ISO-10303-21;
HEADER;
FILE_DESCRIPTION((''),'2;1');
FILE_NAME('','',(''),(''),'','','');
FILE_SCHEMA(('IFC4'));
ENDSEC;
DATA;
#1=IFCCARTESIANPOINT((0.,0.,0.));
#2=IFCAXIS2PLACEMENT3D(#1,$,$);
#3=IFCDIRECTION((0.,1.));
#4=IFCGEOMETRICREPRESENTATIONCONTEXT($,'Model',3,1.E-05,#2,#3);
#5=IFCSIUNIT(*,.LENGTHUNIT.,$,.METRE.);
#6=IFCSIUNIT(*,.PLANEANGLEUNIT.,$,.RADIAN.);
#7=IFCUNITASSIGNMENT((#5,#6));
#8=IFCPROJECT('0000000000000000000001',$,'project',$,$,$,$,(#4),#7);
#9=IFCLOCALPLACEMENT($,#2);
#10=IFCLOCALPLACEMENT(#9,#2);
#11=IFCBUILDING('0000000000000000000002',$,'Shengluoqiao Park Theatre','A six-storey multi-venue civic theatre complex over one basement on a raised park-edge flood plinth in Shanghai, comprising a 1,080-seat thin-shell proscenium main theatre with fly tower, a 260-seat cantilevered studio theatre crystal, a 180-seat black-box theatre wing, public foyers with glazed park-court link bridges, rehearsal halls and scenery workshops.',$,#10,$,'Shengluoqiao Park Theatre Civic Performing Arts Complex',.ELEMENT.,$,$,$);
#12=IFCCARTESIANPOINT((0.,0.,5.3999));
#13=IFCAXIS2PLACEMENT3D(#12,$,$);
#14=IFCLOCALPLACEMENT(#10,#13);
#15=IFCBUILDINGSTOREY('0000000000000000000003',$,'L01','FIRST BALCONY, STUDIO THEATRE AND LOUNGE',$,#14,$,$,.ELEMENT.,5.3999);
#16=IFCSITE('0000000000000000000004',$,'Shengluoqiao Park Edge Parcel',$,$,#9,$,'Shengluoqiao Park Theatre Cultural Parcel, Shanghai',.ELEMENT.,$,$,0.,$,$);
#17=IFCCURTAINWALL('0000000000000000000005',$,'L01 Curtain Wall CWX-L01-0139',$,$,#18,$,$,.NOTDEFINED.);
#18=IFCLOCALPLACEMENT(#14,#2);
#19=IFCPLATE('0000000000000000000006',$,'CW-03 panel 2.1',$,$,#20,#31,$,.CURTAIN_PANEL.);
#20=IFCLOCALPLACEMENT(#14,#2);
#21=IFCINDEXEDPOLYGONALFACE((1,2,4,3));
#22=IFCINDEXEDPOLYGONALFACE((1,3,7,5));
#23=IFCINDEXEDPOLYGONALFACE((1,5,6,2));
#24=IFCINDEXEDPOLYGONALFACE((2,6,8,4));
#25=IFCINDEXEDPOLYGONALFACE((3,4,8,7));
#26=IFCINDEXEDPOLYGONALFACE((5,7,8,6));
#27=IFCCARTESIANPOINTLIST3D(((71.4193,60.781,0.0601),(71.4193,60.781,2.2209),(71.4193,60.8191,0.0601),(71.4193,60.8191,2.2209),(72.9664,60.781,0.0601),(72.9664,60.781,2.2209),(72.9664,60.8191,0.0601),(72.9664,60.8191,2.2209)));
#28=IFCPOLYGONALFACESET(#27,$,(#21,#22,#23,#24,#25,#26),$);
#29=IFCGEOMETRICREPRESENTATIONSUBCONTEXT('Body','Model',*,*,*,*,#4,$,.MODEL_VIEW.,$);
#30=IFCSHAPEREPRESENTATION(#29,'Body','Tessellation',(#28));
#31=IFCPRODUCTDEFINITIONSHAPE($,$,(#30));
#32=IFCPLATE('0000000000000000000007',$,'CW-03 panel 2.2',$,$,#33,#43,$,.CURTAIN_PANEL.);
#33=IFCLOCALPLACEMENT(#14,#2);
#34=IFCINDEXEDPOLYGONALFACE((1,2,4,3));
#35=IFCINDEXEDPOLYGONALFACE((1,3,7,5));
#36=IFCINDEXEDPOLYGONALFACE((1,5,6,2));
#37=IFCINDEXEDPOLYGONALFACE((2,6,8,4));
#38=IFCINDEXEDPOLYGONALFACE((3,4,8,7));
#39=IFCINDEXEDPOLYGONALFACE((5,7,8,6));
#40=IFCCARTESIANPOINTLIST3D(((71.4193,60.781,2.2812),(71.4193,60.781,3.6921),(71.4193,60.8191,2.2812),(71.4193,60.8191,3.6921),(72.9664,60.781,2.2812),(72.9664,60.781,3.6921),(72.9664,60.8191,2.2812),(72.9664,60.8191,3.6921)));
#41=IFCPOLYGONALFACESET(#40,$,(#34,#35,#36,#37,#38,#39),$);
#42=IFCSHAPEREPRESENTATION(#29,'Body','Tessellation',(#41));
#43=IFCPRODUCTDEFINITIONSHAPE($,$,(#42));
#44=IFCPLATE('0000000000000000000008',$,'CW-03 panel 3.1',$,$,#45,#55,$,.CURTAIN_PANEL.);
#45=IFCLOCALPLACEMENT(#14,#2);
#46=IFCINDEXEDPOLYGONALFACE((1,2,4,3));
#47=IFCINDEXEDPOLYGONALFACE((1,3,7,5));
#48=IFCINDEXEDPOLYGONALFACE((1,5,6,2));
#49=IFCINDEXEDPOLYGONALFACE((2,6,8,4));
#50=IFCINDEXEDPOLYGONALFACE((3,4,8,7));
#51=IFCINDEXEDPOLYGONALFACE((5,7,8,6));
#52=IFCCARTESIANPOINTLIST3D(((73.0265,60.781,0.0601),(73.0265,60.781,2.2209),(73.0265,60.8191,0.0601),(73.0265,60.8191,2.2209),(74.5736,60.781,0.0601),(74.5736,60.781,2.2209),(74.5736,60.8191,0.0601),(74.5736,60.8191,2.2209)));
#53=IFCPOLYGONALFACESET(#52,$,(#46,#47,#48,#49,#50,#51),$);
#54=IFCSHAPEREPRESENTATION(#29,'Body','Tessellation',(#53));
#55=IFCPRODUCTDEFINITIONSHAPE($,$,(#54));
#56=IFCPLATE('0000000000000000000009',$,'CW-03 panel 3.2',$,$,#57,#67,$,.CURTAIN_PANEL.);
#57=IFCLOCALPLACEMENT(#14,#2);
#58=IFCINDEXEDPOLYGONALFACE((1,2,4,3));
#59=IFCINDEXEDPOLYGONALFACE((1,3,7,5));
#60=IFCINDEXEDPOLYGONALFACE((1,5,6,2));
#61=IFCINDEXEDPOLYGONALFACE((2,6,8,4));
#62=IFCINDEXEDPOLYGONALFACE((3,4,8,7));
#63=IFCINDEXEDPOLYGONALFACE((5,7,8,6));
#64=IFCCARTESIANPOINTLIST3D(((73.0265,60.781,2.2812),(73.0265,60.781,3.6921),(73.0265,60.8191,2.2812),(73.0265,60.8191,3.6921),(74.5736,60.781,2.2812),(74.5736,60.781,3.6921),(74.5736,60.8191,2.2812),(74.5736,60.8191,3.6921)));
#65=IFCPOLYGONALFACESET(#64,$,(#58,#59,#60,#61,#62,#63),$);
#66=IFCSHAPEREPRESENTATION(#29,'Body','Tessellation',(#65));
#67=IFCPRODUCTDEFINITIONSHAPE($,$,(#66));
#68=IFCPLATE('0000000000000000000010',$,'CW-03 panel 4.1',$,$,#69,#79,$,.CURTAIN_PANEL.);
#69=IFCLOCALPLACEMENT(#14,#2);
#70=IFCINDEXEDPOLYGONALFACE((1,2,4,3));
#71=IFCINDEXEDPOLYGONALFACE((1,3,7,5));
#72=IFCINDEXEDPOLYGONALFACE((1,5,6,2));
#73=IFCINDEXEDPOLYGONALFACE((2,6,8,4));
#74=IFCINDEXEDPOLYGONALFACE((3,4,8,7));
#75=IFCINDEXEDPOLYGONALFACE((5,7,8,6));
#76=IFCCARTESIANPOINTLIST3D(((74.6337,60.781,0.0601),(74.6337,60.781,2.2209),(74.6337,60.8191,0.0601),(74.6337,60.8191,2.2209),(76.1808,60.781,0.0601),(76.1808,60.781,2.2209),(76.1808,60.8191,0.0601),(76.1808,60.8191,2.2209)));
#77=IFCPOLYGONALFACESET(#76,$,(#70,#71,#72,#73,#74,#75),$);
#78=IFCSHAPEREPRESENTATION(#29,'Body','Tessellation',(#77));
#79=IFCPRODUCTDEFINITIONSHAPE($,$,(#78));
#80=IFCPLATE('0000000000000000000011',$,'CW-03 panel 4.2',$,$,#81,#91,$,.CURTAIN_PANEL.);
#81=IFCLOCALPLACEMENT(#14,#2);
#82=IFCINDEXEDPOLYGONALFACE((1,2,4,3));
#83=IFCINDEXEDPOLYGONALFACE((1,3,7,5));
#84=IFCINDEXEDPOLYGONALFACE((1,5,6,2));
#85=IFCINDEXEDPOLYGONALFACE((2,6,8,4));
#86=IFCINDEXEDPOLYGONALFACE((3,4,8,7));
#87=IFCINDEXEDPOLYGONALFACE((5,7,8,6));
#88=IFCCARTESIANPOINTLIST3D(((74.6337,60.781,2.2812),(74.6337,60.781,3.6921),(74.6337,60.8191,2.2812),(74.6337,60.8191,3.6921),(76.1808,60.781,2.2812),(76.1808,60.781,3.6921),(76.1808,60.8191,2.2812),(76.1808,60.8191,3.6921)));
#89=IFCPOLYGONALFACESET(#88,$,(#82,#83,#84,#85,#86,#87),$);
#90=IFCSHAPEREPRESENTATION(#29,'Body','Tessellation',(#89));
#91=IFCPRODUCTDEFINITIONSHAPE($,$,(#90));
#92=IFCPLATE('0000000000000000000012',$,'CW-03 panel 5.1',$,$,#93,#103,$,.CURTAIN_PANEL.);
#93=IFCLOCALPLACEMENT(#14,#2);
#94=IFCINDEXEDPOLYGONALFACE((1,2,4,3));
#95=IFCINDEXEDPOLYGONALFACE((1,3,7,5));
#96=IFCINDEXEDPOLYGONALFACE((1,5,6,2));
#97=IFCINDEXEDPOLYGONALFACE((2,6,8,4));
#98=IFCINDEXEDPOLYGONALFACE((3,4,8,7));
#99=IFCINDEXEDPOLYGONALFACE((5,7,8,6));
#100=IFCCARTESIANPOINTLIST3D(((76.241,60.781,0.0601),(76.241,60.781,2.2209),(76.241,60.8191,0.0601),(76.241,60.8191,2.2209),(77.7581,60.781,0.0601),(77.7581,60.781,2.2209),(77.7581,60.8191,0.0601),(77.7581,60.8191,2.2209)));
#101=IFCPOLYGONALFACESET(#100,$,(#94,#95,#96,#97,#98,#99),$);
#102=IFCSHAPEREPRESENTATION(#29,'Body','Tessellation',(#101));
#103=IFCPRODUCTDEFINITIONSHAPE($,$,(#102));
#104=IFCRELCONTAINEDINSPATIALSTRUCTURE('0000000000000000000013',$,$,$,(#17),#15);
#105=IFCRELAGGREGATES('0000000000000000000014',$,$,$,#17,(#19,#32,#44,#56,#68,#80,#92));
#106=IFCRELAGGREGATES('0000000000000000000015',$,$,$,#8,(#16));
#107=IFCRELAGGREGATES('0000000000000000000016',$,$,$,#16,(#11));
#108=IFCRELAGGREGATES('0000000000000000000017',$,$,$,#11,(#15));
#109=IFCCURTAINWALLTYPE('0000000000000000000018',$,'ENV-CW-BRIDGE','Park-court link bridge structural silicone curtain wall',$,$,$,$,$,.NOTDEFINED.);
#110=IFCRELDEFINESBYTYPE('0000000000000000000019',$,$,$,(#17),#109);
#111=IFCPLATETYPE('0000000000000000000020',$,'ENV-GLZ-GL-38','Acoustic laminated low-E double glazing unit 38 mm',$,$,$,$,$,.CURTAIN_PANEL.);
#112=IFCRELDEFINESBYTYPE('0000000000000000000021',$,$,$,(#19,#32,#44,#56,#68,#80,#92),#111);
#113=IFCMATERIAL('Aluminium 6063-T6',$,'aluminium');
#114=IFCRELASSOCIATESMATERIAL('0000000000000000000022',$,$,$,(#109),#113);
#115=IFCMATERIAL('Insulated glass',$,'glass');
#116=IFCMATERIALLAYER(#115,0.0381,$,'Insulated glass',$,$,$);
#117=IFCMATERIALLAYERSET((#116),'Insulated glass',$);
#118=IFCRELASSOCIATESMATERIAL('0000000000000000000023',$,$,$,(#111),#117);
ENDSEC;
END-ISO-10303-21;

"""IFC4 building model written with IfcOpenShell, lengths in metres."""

from ifc_helpers import new_model, si_unit, direction, frame, origin, origin_2d, place, context, subcontext, project, spatial, rectangle, extrude, material, layer, layer_set, type_object, element, aggregate, save


model = new_model("IFC4")

# Units and contexts
model_context = context("Model", 3, precision=1e-05, world=origin(), true_north=direction((0.0, 1.0)))
body_context = subcontext(model_context, "Body", "Model", "MODEL_VIEW")
ifc_project = project(units=[si_unit("LENGTHUNIT", "METRE"), si_unit("PLANEANGLEUNIT", "RADIAN")], contexts=[model_context])

# Site, building, storey
site_placement = place(None, origin())
site = spatial("IfcSite", under=ifc_project, at=site_placement, Name="Shengluoqiao Park Edge Parcel", LongName="Shengluoqiao Park Theatre Cultural Parcel, Shanghai", CompositionType="ELEMENT", RefElevation=0.0)
building_placement = place(site_placement, origin())
building = spatial("IfcBuilding", under=site, at=building_placement, Name="Shengluoqiao Park Theatre", Description="A six-storey multi-venue civic theatre complex over one basement on a raised park-edge flood plinth in Shanghai, comprising a 1,080-seat thin-shell proscenium main theatre with fly tower, a 260-seat cantilevered studio theatre crystal, a 180-seat black-box theatre wing, public foyers with glazed park-court link bridges, rehearsal halls and scenery workshops.", LongName="Shengluoqiao Park Theatre Civic Performing Arts Complex", CompositionType="ELEMENT")
storey_placement = place(building_placement, frame((0.0, 0.0, 5.3999)))
storey = spatial("IfcBuildingStorey", under=building, at=storey_placement, Name="L01", Description="FIRST BALCONY, STUDIO THEATRE AND LOUNGE", CompositionType="ELEMENT", Elevation=5.3999)

# Curtain wall
ifc_material_1 = material(Name="Aluminium 6063-T6", Category="aluminium")
curtain_wall_type_1 = type_object("IfcCurtainWallType", Name="ENV-CW-BRIDGE", Description="Park-court link bridge structural silicone curtain wall", PredefinedType="NOTDEFINED", material=ifc_material_1)
curtain_wall_1_placement = place(storey_placement, origin())
curtain_wall_1 = element("IfcCurtainWall", 1, at=curtain_wall_1_placement, inside=storey, type_object=curtain_wall_type_1, Name="L01 Curtain Wall CWX-L01-0139", PredefinedType="NOTDEFINED")

# Plates
ifc_material_2 = material(Name="Insulated glass", Category="glass")
ifc_layer = layer(ifc_material_2, 0.0381, Name="Insulated glass")
ifc_layer_set = layer_set([ifc_layer], Name="Insulated glass")
plate_type = type_object("IfcPlateType", Name="ENV-GLZ-GL-38", Description="Acoustic laminated low-E double glazing unit 38 mm", PredefinedType="CURTAIN_PANEL", material=ifc_layer_set)
plate_1_placement = place(storey_placement, frame((72.1929, 60.8, 0.0601), z_axis=(0.0, 0.0, 1.0), x_axis=(1.0, 0.0, 0.0)))
plate_1 = element("IfcPlate", 2, at=plate_1_placement, type_object=plate_type, Name="CW-03 panel 2.1", PredefinedType="CURTAIN_PANEL", context=body_context, shape_type="SweptSolid", body=[
    extrude(rectangle(XDim=1.5471, YDim=0.0381, at=origin_2d()), origin(), (0.0, 0.0, 1.0), 2.1609),
])
plate_2_placement = place(storey_placement, frame((72.1929, 60.8, 2.2812), z_axis=(0.0, 0.0, 1.0), x_axis=(1.0, 0.0, 0.0)))
plate_2 = element("IfcPlate", 3, at=plate_2_placement, type_object=plate_type, Name="CW-03 panel 2.2", PredefinedType="CURTAIN_PANEL", context=body_context, shape_type="SweptSolid", body=[
    extrude(rectangle(XDim=1.5471, YDim=0.0381, at=origin_2d()), origin(), (0.0, 0.0, 1.0), 1.4109),
])
plate_3_placement = place(storey_placement, frame((73.8, 60.8, 0.0601), z_axis=(0.0, 0.0, 1.0), x_axis=(1.0, 0.0, 0.0)))
plate_3 = element("IfcPlate", 4, at=plate_3_placement, type_object=plate_type, Name="CW-03 panel 3.1", PredefinedType="CURTAIN_PANEL", context=body_context, shape_type="SweptSolid", body=[
    extrude(rectangle(XDim=1.5471, YDim=0.0381, at=origin_2d()), origin(), (0.0, 0.0, 1.0), 2.1609),
])
plate_4_placement = place(storey_placement, frame((73.8, 60.8, 2.2812), z_axis=(0.0, 0.0, 1.0), x_axis=(1.0, 0.0, 0.0)))
plate_4 = element("IfcPlate", 5, at=plate_4_placement, type_object=plate_type, Name="CW-03 panel 3.2", PredefinedType="CURTAIN_PANEL", context=body_context, shape_type="SweptSolid", body=[
    extrude(rectangle(XDim=1.5471, YDim=0.0381, at=origin_2d()), origin(), (0.0, 0.0, 1.0), 1.4109),
])
plate_5_placement = place(storey_placement, frame((75.4072, 60.8, 0.0601), z_axis=(0.0, 0.0, 1.0), x_axis=(1.0, 0.0, 0.0)))
plate_5 = element("IfcPlate", 6, at=plate_5_placement, type_object=plate_type, Name="CW-03 panel 4.1", PredefinedType="CURTAIN_PANEL", context=body_context, shape_type="SweptSolid", body=[
    extrude(rectangle(XDim=1.5471, YDim=0.0381, at=origin_2d()), origin(), (0.0, 0.0, 1.0), 2.1609),
])
plate_6_placement = place(storey_placement, frame((75.4072, 60.8, 2.2812), z_axis=(0.0, 0.0, 1.0), x_axis=(1.0, 0.0, 0.0)))
plate_6 = element("IfcPlate", 7, at=plate_6_placement, type_object=plate_type, Name="CW-03 panel 4.2", PredefinedType="CURTAIN_PANEL", context=body_context, shape_type="SweptSolid", body=[
    extrude(rectangle(XDim=1.5471, YDim=0.0381, at=origin_2d()), origin(), (0.0, 0.0, 1.0), 1.4109),
])
plate_7_placement = place(storey_placement, frame((76.9995, 60.8, 0.0601), z_axis=(0.0, 0.0, 1.0), x_axis=(1.0, 0.0, 0.0)))
plate_7 = element("IfcPlate", 8, at=plate_7_placement, type_object=plate_type, Name="CW-03 panel 5.1", PredefinedType="CURTAIN_PANEL", context=body_context, shape_type="SweptSolid", body=[
    extrude(rectangle(XDim=1.5171, YDim=0.0381, at=origin_2d()), origin(), (0.0, 0.0, 1.0), 2.1609),
])
aggregate(curtain_wall_1, [plate_1, plate_2, plate_3, plate_4, plate_5, plate_6, plate_7])

save(model, "model.ifc")
